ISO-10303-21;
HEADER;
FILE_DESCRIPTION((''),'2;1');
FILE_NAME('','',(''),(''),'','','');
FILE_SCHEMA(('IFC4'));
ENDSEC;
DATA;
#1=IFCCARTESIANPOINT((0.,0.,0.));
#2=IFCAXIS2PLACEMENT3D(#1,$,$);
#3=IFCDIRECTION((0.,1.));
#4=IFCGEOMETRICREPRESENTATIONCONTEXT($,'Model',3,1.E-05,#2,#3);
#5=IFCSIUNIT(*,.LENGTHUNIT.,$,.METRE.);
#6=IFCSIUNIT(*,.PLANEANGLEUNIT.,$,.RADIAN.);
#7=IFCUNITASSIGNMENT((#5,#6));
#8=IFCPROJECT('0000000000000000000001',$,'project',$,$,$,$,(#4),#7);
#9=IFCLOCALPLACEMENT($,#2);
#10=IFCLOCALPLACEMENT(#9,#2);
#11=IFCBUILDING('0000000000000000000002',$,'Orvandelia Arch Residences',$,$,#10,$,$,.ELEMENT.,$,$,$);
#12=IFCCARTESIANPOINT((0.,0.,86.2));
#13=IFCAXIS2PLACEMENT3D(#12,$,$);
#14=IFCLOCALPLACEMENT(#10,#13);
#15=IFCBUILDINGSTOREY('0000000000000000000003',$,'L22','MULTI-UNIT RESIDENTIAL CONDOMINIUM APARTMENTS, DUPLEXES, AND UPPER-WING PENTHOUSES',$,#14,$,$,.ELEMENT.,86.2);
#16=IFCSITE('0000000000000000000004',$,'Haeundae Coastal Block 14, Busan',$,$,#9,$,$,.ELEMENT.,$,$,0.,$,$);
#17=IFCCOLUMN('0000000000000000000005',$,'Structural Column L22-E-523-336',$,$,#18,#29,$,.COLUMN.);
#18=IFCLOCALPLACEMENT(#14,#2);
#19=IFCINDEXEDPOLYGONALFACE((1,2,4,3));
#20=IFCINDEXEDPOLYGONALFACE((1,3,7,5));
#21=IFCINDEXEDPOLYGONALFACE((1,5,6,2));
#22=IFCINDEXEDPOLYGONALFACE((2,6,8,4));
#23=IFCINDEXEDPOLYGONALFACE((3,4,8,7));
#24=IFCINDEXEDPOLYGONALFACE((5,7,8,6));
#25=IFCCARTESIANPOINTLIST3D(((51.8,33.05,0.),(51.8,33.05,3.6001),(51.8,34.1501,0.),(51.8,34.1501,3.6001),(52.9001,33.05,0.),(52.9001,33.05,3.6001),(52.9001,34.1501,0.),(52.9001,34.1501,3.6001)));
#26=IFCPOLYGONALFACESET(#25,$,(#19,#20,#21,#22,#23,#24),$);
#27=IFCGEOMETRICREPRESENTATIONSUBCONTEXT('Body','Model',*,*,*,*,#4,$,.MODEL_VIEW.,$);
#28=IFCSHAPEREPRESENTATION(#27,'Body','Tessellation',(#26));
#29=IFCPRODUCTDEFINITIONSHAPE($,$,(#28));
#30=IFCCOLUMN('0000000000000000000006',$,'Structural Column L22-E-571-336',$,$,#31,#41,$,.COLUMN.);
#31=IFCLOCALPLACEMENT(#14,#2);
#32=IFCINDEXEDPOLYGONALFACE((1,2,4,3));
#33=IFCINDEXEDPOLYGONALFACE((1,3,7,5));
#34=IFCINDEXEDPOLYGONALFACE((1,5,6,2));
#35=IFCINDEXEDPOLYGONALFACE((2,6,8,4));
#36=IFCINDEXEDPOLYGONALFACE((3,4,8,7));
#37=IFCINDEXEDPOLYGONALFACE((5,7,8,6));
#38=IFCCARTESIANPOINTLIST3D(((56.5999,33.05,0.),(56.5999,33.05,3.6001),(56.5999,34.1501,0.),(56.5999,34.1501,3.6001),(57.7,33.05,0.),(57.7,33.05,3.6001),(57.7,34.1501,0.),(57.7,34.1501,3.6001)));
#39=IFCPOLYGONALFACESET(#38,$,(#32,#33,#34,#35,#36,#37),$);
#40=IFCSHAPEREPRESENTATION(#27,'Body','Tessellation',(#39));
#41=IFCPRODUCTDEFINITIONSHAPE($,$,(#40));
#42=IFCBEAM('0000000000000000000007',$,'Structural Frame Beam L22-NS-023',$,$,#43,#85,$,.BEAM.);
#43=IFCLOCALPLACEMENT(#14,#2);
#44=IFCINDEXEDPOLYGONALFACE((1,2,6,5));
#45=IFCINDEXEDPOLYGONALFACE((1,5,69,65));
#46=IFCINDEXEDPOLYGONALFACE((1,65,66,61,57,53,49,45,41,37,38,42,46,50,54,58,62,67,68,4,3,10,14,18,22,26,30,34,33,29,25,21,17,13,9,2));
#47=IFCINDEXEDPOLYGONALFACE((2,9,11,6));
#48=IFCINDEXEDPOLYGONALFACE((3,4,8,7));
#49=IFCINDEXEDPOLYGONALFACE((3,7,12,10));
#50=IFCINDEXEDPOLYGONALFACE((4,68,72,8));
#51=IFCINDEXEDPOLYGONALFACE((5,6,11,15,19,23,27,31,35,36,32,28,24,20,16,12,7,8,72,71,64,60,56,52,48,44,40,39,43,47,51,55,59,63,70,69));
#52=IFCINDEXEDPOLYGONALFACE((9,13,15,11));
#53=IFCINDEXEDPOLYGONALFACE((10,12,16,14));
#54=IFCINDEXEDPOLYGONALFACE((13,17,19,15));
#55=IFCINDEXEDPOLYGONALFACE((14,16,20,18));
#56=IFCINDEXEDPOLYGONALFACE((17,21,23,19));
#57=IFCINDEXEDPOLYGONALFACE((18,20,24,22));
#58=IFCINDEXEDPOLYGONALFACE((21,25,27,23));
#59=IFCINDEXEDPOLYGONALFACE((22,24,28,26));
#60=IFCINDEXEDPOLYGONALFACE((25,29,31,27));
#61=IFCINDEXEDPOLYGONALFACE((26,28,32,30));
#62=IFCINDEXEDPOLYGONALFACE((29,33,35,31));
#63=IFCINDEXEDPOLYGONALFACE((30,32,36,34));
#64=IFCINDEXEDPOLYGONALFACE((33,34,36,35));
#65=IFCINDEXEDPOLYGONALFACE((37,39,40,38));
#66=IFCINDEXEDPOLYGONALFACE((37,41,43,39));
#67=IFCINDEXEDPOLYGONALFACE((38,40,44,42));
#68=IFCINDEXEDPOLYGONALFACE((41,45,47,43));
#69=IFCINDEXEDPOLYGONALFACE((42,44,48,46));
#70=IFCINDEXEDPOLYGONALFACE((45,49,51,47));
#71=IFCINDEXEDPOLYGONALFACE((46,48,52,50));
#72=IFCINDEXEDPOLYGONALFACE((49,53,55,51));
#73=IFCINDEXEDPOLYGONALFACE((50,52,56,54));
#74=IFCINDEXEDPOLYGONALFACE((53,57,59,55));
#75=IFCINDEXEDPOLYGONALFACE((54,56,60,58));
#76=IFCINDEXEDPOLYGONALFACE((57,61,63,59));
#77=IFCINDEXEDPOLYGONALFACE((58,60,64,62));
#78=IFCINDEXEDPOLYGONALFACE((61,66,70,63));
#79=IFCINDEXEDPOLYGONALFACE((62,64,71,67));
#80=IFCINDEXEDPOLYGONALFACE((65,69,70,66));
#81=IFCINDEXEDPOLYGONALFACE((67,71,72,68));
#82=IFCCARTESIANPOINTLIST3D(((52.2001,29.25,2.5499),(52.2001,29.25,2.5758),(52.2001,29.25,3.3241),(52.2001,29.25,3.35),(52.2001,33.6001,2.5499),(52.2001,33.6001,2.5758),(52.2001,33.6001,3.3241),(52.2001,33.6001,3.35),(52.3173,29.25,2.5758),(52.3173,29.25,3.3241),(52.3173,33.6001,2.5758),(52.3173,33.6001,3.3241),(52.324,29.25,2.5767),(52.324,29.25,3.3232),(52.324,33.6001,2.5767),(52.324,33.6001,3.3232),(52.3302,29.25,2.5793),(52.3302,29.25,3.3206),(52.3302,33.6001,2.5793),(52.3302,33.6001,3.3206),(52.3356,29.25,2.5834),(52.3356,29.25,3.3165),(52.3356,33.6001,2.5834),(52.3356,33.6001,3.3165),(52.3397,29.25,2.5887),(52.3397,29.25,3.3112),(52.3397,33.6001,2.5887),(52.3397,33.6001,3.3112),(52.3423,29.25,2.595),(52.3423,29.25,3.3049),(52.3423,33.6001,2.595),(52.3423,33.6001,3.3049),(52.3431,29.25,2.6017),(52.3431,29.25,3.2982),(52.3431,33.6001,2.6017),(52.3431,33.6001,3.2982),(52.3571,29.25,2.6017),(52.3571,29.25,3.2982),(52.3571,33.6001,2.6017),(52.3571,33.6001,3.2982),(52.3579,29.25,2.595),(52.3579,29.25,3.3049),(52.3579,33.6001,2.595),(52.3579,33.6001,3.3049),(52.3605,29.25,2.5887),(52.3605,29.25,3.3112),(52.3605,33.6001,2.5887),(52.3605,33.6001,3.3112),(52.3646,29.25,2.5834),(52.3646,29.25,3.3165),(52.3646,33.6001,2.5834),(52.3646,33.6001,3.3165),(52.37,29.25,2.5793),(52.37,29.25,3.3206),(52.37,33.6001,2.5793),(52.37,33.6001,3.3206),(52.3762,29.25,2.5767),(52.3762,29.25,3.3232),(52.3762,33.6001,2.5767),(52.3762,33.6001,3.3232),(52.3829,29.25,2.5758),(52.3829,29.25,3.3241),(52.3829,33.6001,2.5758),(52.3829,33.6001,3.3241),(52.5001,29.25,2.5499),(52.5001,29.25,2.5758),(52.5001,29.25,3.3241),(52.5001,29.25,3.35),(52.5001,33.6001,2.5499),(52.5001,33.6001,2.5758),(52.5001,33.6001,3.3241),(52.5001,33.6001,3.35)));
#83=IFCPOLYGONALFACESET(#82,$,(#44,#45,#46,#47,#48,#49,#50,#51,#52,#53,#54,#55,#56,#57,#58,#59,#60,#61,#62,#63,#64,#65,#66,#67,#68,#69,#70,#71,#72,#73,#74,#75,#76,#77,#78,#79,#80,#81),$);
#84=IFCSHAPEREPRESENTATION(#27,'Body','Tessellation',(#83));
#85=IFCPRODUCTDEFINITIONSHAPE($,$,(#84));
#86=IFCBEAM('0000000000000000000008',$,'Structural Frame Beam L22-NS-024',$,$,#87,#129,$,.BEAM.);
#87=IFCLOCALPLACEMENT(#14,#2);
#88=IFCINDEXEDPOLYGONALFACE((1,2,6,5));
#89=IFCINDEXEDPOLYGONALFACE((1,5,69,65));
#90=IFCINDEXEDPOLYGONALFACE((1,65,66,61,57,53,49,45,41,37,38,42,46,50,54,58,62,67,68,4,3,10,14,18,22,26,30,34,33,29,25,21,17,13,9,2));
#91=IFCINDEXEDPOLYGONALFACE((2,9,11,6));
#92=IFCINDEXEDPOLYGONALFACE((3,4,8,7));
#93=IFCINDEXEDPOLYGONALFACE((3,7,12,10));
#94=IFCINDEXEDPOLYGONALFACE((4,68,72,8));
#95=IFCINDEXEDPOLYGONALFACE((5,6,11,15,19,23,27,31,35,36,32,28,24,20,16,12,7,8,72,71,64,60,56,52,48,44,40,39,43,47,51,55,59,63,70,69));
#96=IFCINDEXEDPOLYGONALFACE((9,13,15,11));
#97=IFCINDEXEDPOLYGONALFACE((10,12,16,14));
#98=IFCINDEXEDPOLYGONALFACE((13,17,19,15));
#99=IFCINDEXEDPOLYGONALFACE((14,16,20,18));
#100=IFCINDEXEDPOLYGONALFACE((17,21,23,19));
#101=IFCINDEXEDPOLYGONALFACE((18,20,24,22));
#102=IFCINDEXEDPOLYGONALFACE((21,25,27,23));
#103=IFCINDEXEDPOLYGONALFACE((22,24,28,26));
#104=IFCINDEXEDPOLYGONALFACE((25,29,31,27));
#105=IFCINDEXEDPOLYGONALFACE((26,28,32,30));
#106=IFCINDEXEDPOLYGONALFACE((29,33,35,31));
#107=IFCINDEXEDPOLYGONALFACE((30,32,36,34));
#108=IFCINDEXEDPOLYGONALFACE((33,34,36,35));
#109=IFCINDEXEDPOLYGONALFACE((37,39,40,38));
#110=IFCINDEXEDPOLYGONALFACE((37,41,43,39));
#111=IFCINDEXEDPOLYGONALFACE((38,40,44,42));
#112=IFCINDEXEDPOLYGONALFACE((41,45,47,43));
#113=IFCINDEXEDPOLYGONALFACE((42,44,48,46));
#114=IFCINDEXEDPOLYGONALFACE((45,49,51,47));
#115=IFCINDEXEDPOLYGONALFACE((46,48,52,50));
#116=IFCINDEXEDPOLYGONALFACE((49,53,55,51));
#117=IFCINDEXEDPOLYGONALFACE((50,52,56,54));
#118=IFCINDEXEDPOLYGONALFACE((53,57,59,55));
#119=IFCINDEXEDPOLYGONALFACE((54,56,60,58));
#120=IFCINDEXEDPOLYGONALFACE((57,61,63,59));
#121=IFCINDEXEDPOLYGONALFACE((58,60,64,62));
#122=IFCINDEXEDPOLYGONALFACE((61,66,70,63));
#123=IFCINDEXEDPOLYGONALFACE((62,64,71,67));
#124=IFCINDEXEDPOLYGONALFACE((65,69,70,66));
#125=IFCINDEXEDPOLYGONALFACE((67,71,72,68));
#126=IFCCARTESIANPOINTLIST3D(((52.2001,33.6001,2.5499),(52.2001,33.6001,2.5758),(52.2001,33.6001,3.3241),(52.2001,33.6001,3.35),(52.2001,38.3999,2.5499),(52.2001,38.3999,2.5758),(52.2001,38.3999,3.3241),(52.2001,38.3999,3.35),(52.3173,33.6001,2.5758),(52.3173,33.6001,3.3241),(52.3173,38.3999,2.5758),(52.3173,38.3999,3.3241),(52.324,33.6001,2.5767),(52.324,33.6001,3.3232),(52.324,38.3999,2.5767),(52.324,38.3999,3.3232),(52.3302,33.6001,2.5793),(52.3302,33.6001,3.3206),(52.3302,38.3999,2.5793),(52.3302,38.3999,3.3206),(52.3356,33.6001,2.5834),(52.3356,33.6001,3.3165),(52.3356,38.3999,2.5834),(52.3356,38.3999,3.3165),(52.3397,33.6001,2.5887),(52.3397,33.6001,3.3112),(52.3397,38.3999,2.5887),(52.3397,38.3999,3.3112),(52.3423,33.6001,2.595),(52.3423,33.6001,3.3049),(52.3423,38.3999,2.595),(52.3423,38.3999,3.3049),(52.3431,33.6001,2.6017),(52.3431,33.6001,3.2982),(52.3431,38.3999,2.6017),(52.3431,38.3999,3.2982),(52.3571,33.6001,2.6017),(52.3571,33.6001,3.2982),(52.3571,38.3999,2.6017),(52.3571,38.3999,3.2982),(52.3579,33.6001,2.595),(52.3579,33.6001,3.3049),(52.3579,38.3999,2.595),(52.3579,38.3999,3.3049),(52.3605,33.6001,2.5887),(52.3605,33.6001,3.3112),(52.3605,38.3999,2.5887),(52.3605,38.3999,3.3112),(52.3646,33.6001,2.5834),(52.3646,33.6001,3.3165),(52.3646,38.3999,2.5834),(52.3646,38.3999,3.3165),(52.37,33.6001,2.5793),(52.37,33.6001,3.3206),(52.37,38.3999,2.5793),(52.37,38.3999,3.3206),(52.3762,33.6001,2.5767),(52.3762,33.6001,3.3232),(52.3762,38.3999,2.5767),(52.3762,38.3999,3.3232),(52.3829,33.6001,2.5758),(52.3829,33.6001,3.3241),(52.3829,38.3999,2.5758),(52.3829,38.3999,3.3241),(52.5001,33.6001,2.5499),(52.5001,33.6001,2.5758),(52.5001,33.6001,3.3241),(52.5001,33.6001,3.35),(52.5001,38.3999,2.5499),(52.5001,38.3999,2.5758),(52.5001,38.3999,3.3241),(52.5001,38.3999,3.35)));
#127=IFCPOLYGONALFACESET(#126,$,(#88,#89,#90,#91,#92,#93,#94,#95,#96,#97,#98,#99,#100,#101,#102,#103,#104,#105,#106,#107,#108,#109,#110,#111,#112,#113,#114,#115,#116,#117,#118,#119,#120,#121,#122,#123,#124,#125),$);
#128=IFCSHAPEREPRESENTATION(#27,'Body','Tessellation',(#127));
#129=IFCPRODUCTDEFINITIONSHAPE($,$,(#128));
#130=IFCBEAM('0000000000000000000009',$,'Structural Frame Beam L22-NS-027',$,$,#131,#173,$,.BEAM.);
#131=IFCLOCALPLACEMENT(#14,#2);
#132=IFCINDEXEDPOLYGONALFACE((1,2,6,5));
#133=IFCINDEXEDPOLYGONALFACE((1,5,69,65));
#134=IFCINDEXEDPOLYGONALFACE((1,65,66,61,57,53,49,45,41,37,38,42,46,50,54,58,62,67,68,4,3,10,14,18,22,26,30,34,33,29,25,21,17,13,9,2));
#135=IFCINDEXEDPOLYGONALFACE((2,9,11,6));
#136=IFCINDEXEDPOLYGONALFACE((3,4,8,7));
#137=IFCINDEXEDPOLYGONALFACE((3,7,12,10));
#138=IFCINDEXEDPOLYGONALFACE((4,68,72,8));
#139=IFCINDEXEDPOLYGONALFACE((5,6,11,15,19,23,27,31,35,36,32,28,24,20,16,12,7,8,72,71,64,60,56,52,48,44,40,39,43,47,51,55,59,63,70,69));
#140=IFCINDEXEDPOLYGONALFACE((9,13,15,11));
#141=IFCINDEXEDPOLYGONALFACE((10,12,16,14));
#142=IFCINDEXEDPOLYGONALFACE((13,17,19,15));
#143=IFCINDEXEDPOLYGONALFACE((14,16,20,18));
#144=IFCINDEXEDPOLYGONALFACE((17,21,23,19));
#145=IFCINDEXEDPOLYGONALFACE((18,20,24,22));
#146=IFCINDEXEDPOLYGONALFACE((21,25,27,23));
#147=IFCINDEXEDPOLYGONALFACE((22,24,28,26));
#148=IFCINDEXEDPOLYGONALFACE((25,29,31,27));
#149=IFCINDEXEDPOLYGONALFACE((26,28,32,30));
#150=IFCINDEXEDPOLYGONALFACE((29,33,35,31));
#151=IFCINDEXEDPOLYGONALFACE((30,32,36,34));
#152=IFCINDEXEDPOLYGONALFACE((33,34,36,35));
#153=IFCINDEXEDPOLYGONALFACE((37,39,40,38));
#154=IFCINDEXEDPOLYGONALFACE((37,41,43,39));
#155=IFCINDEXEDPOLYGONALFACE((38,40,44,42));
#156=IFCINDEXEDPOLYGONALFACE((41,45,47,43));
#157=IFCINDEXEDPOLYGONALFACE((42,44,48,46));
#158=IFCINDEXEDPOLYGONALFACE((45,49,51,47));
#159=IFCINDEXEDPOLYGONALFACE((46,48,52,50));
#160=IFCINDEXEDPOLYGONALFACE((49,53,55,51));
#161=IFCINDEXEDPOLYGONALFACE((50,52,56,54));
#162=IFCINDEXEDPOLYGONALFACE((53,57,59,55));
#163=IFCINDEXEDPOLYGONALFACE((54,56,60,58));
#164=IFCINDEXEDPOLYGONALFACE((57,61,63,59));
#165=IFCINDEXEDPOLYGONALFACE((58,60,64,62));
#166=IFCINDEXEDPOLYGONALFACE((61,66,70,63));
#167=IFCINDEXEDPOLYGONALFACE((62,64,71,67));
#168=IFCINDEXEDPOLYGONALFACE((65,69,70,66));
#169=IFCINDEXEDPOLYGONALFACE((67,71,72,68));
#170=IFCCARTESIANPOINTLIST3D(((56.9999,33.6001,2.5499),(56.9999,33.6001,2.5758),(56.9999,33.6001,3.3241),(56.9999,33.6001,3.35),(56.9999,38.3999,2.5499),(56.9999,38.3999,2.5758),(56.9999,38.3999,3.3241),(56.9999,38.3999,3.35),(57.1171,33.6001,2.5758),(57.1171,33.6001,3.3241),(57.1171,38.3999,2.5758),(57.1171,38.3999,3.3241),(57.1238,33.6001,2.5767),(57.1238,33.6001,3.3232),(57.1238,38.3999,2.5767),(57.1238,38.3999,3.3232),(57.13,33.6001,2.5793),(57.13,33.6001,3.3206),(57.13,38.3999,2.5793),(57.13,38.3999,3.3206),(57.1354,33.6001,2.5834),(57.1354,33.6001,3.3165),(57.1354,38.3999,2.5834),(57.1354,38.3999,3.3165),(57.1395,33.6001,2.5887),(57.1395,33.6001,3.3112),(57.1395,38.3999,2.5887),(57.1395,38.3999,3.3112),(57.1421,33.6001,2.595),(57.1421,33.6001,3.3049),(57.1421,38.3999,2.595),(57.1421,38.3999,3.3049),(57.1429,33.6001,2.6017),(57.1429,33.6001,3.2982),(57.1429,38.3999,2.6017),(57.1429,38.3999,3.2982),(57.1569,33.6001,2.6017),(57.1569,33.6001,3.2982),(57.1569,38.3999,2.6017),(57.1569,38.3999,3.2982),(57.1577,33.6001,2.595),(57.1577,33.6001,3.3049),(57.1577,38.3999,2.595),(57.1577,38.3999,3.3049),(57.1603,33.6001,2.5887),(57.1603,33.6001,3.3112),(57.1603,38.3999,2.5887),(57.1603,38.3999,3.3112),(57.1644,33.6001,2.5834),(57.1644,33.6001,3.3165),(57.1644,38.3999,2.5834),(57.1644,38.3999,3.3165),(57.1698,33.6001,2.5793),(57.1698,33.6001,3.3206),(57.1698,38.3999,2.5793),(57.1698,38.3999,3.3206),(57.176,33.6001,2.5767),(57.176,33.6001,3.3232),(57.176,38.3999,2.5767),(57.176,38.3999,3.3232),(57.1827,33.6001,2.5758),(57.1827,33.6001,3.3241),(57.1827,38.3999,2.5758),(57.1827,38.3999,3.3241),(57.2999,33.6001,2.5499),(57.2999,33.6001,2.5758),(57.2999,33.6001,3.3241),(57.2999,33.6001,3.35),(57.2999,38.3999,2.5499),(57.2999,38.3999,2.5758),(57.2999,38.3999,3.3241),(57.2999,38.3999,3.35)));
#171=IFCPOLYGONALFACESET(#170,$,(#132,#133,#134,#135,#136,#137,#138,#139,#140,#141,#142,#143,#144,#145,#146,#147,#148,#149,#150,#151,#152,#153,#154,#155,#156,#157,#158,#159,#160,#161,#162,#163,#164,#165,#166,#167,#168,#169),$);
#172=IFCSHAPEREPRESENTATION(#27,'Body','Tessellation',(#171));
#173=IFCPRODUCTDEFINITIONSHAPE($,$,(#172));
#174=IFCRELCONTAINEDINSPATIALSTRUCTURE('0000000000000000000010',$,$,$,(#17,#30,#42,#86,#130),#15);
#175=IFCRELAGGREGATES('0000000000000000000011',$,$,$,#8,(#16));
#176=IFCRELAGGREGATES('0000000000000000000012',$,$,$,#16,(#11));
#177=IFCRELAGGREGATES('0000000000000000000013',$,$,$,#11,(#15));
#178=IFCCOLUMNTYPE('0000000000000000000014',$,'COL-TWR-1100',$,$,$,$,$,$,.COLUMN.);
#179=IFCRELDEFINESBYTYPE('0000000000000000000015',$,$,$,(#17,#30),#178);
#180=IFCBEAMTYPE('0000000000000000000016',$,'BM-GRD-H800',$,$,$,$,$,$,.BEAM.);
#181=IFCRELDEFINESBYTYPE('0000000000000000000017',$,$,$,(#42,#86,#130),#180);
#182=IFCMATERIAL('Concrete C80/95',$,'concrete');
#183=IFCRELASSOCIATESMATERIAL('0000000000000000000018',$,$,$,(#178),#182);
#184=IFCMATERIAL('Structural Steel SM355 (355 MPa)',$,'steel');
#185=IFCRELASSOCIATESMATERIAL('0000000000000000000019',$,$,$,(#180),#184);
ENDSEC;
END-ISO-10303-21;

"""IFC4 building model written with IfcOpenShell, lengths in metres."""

from ifc_helpers import new_model, si_unit, direction, frame, origin, origin_2d, place, context, subcontext, project, spatial, rectangle, i_section, extrude, material, material_profile, profile_set, type_object, element, save


model = new_model("IFC4")

# Units and contexts
model_context = context("Model", 3, precision=1e-05, world=origin(), true_north=direction((0.0, 1.0)))
body_context = subcontext(model_context, "Body", "Model", "MODEL_VIEW")
ifc_project = project(units=[si_unit("LENGTHUNIT", "METRE"), si_unit("PLANEANGLEUNIT", "RADIAN")], contexts=[model_context])

# Site, building, storey
site_placement = place(None, origin())
site = spatial("IfcSite", under=ifc_project, at=site_placement, Name="Haeundae Coastal Block 14, Busan", CompositionType="ELEMENT", RefElevation=0.0)
building_placement = place(site_placement, origin())
building = spatial("IfcBuilding", under=site, at=building_placement, Name="Orvandelia Arch Residences", CompositionType="ELEMENT")
storey_placement = place(building_placement, frame((0.0, 0.0, 86.2)))
storey = spatial("IfcBuildingStorey", under=building, at=storey_placement, Name="L22", Description="MULTI-UNIT RESIDENTIAL CONDOMINIUM APARTMENTS, DUPLEXES, AND UPPER-WING PENTHOUSES", CompositionType="ELEMENT", Elevation=86.2)

# Columns
ifc_material_1 = material(Name="Concrete C80/95", Category="concrete")
ifc_material_profile_1 = material_profile(ifc_material_1, rectangle(XDim=1.1001, YDim=1.1001, at=origin_2d()), Name="Concrete C80/95", Category="concrete")
ifc_profile_set_1 = profile_set([ifc_material_profile_1], Name="Concrete C80/95")
column_type = type_object("IfcColumnType", Name="COL-TWR-1100", PredefinedType="COLUMN", material=ifc_profile_set_1)
for number, where, z_axis, x_axis, name in (
    (1, (52.3501, 33.6001, 0.0), (0.0, 0.0, 1.0), (1.0, 0.0, 0.0), "Structural Column L22-E-523-336"),
    (2, (57.1499, 33.6001, 0.0), (0.0, 0.0, 1.0), (1.0, 0.0, 0.0), "Structural Column L22-E-571-336"),
):
    element("IfcColumn", number, at=place(storey_placement, frame(where, z_axis=z_axis, x_axis=x_axis)), inside=storey, type_object=column_type, Name=name, PredefinedType="COLUMN", context=body_context, shape_type="SweptSolid", body=[
        extrude(rectangle(XDim=1.1001, YDim=1.1001, at=origin_2d()), origin(), (0.0, 0.0, 1.0), 3.6001),
    ])

# Beams
ifc_material_2 = material(Name="Structural Steel SM355 (355 MPa)", Category="steel")
ifc_material_profile_2 = material_profile(ifc_material_2, i_section(OverallWidth=0.3, OverallDepth=0.8, WebThickness=0.0139, FlangeThickness=0.0259, FilletRadius=0.0259, at=origin_2d()), Name="Structural Steel SM355 (355 MPa)", Category="steel")
ifc_profile_set_2 = profile_set([ifc_material_profile_2], Name="Structural Steel SM355 (355 MPa)")
beam_type = type_object("IfcBeamType", Name="BM-GRD-H800", PredefinedType="BEAM", material=ifc_profile_set_2)
beam_placement = place(storey_placement, frame((52.3501, 29.25, 2.95), z_axis=(0.0, 1.0, 0.0), x_axis=(-1.0, 0.0, 0.0)))
element("IfcBeam", 3, at=beam_placement, inside=storey, type_object=beam_type, Name="Structural Frame Beam L22-NS-023", PredefinedType="BEAM", context=body_context, shape_type="SweptSolid", body=[
    extrude(i_section(OverallWidth=0.3, OverallDepth=0.8, WebThickness=0.0139, FlangeThickness=0.0259, FilletRadius=0.0259, at=origin_2d()), origin(), (0.0, 0.0, 1.0), 4.3501),
])
for number, where, z_axis, x_axis, name in (
    (4, (52.3501, 33.6001, 2.95), (0.0, 1.0, 0.0), (-1.0, 0.0, 0.0), "Structural Frame Beam L22-NS-024"),
    (5, (57.1499, 33.6001, 2.95), (0.0, 1.0, 0.0), (-1.0, 0.0, 0.0), "Structural Frame Beam L22-NS-027"),
):
    element("IfcBeam", number, at=place(storey_placement, frame(where, z_axis=z_axis, x_axis=x_axis)), inside=storey, type_object=beam_type, Name=name, PredefinedType="BEAM", context=body_context, shape_type="SweptSolid", body=[
        extrude(i_section(OverallWidth=0.3, OverallDepth=0.8, WebThickness=0.0139, FlangeThickness=0.0259, FilletRadius=0.0259, at=origin_2d()), origin(), (0.0, 0.0, 1.0), 4.7998),
    ])

save(model, "model.ifc")
